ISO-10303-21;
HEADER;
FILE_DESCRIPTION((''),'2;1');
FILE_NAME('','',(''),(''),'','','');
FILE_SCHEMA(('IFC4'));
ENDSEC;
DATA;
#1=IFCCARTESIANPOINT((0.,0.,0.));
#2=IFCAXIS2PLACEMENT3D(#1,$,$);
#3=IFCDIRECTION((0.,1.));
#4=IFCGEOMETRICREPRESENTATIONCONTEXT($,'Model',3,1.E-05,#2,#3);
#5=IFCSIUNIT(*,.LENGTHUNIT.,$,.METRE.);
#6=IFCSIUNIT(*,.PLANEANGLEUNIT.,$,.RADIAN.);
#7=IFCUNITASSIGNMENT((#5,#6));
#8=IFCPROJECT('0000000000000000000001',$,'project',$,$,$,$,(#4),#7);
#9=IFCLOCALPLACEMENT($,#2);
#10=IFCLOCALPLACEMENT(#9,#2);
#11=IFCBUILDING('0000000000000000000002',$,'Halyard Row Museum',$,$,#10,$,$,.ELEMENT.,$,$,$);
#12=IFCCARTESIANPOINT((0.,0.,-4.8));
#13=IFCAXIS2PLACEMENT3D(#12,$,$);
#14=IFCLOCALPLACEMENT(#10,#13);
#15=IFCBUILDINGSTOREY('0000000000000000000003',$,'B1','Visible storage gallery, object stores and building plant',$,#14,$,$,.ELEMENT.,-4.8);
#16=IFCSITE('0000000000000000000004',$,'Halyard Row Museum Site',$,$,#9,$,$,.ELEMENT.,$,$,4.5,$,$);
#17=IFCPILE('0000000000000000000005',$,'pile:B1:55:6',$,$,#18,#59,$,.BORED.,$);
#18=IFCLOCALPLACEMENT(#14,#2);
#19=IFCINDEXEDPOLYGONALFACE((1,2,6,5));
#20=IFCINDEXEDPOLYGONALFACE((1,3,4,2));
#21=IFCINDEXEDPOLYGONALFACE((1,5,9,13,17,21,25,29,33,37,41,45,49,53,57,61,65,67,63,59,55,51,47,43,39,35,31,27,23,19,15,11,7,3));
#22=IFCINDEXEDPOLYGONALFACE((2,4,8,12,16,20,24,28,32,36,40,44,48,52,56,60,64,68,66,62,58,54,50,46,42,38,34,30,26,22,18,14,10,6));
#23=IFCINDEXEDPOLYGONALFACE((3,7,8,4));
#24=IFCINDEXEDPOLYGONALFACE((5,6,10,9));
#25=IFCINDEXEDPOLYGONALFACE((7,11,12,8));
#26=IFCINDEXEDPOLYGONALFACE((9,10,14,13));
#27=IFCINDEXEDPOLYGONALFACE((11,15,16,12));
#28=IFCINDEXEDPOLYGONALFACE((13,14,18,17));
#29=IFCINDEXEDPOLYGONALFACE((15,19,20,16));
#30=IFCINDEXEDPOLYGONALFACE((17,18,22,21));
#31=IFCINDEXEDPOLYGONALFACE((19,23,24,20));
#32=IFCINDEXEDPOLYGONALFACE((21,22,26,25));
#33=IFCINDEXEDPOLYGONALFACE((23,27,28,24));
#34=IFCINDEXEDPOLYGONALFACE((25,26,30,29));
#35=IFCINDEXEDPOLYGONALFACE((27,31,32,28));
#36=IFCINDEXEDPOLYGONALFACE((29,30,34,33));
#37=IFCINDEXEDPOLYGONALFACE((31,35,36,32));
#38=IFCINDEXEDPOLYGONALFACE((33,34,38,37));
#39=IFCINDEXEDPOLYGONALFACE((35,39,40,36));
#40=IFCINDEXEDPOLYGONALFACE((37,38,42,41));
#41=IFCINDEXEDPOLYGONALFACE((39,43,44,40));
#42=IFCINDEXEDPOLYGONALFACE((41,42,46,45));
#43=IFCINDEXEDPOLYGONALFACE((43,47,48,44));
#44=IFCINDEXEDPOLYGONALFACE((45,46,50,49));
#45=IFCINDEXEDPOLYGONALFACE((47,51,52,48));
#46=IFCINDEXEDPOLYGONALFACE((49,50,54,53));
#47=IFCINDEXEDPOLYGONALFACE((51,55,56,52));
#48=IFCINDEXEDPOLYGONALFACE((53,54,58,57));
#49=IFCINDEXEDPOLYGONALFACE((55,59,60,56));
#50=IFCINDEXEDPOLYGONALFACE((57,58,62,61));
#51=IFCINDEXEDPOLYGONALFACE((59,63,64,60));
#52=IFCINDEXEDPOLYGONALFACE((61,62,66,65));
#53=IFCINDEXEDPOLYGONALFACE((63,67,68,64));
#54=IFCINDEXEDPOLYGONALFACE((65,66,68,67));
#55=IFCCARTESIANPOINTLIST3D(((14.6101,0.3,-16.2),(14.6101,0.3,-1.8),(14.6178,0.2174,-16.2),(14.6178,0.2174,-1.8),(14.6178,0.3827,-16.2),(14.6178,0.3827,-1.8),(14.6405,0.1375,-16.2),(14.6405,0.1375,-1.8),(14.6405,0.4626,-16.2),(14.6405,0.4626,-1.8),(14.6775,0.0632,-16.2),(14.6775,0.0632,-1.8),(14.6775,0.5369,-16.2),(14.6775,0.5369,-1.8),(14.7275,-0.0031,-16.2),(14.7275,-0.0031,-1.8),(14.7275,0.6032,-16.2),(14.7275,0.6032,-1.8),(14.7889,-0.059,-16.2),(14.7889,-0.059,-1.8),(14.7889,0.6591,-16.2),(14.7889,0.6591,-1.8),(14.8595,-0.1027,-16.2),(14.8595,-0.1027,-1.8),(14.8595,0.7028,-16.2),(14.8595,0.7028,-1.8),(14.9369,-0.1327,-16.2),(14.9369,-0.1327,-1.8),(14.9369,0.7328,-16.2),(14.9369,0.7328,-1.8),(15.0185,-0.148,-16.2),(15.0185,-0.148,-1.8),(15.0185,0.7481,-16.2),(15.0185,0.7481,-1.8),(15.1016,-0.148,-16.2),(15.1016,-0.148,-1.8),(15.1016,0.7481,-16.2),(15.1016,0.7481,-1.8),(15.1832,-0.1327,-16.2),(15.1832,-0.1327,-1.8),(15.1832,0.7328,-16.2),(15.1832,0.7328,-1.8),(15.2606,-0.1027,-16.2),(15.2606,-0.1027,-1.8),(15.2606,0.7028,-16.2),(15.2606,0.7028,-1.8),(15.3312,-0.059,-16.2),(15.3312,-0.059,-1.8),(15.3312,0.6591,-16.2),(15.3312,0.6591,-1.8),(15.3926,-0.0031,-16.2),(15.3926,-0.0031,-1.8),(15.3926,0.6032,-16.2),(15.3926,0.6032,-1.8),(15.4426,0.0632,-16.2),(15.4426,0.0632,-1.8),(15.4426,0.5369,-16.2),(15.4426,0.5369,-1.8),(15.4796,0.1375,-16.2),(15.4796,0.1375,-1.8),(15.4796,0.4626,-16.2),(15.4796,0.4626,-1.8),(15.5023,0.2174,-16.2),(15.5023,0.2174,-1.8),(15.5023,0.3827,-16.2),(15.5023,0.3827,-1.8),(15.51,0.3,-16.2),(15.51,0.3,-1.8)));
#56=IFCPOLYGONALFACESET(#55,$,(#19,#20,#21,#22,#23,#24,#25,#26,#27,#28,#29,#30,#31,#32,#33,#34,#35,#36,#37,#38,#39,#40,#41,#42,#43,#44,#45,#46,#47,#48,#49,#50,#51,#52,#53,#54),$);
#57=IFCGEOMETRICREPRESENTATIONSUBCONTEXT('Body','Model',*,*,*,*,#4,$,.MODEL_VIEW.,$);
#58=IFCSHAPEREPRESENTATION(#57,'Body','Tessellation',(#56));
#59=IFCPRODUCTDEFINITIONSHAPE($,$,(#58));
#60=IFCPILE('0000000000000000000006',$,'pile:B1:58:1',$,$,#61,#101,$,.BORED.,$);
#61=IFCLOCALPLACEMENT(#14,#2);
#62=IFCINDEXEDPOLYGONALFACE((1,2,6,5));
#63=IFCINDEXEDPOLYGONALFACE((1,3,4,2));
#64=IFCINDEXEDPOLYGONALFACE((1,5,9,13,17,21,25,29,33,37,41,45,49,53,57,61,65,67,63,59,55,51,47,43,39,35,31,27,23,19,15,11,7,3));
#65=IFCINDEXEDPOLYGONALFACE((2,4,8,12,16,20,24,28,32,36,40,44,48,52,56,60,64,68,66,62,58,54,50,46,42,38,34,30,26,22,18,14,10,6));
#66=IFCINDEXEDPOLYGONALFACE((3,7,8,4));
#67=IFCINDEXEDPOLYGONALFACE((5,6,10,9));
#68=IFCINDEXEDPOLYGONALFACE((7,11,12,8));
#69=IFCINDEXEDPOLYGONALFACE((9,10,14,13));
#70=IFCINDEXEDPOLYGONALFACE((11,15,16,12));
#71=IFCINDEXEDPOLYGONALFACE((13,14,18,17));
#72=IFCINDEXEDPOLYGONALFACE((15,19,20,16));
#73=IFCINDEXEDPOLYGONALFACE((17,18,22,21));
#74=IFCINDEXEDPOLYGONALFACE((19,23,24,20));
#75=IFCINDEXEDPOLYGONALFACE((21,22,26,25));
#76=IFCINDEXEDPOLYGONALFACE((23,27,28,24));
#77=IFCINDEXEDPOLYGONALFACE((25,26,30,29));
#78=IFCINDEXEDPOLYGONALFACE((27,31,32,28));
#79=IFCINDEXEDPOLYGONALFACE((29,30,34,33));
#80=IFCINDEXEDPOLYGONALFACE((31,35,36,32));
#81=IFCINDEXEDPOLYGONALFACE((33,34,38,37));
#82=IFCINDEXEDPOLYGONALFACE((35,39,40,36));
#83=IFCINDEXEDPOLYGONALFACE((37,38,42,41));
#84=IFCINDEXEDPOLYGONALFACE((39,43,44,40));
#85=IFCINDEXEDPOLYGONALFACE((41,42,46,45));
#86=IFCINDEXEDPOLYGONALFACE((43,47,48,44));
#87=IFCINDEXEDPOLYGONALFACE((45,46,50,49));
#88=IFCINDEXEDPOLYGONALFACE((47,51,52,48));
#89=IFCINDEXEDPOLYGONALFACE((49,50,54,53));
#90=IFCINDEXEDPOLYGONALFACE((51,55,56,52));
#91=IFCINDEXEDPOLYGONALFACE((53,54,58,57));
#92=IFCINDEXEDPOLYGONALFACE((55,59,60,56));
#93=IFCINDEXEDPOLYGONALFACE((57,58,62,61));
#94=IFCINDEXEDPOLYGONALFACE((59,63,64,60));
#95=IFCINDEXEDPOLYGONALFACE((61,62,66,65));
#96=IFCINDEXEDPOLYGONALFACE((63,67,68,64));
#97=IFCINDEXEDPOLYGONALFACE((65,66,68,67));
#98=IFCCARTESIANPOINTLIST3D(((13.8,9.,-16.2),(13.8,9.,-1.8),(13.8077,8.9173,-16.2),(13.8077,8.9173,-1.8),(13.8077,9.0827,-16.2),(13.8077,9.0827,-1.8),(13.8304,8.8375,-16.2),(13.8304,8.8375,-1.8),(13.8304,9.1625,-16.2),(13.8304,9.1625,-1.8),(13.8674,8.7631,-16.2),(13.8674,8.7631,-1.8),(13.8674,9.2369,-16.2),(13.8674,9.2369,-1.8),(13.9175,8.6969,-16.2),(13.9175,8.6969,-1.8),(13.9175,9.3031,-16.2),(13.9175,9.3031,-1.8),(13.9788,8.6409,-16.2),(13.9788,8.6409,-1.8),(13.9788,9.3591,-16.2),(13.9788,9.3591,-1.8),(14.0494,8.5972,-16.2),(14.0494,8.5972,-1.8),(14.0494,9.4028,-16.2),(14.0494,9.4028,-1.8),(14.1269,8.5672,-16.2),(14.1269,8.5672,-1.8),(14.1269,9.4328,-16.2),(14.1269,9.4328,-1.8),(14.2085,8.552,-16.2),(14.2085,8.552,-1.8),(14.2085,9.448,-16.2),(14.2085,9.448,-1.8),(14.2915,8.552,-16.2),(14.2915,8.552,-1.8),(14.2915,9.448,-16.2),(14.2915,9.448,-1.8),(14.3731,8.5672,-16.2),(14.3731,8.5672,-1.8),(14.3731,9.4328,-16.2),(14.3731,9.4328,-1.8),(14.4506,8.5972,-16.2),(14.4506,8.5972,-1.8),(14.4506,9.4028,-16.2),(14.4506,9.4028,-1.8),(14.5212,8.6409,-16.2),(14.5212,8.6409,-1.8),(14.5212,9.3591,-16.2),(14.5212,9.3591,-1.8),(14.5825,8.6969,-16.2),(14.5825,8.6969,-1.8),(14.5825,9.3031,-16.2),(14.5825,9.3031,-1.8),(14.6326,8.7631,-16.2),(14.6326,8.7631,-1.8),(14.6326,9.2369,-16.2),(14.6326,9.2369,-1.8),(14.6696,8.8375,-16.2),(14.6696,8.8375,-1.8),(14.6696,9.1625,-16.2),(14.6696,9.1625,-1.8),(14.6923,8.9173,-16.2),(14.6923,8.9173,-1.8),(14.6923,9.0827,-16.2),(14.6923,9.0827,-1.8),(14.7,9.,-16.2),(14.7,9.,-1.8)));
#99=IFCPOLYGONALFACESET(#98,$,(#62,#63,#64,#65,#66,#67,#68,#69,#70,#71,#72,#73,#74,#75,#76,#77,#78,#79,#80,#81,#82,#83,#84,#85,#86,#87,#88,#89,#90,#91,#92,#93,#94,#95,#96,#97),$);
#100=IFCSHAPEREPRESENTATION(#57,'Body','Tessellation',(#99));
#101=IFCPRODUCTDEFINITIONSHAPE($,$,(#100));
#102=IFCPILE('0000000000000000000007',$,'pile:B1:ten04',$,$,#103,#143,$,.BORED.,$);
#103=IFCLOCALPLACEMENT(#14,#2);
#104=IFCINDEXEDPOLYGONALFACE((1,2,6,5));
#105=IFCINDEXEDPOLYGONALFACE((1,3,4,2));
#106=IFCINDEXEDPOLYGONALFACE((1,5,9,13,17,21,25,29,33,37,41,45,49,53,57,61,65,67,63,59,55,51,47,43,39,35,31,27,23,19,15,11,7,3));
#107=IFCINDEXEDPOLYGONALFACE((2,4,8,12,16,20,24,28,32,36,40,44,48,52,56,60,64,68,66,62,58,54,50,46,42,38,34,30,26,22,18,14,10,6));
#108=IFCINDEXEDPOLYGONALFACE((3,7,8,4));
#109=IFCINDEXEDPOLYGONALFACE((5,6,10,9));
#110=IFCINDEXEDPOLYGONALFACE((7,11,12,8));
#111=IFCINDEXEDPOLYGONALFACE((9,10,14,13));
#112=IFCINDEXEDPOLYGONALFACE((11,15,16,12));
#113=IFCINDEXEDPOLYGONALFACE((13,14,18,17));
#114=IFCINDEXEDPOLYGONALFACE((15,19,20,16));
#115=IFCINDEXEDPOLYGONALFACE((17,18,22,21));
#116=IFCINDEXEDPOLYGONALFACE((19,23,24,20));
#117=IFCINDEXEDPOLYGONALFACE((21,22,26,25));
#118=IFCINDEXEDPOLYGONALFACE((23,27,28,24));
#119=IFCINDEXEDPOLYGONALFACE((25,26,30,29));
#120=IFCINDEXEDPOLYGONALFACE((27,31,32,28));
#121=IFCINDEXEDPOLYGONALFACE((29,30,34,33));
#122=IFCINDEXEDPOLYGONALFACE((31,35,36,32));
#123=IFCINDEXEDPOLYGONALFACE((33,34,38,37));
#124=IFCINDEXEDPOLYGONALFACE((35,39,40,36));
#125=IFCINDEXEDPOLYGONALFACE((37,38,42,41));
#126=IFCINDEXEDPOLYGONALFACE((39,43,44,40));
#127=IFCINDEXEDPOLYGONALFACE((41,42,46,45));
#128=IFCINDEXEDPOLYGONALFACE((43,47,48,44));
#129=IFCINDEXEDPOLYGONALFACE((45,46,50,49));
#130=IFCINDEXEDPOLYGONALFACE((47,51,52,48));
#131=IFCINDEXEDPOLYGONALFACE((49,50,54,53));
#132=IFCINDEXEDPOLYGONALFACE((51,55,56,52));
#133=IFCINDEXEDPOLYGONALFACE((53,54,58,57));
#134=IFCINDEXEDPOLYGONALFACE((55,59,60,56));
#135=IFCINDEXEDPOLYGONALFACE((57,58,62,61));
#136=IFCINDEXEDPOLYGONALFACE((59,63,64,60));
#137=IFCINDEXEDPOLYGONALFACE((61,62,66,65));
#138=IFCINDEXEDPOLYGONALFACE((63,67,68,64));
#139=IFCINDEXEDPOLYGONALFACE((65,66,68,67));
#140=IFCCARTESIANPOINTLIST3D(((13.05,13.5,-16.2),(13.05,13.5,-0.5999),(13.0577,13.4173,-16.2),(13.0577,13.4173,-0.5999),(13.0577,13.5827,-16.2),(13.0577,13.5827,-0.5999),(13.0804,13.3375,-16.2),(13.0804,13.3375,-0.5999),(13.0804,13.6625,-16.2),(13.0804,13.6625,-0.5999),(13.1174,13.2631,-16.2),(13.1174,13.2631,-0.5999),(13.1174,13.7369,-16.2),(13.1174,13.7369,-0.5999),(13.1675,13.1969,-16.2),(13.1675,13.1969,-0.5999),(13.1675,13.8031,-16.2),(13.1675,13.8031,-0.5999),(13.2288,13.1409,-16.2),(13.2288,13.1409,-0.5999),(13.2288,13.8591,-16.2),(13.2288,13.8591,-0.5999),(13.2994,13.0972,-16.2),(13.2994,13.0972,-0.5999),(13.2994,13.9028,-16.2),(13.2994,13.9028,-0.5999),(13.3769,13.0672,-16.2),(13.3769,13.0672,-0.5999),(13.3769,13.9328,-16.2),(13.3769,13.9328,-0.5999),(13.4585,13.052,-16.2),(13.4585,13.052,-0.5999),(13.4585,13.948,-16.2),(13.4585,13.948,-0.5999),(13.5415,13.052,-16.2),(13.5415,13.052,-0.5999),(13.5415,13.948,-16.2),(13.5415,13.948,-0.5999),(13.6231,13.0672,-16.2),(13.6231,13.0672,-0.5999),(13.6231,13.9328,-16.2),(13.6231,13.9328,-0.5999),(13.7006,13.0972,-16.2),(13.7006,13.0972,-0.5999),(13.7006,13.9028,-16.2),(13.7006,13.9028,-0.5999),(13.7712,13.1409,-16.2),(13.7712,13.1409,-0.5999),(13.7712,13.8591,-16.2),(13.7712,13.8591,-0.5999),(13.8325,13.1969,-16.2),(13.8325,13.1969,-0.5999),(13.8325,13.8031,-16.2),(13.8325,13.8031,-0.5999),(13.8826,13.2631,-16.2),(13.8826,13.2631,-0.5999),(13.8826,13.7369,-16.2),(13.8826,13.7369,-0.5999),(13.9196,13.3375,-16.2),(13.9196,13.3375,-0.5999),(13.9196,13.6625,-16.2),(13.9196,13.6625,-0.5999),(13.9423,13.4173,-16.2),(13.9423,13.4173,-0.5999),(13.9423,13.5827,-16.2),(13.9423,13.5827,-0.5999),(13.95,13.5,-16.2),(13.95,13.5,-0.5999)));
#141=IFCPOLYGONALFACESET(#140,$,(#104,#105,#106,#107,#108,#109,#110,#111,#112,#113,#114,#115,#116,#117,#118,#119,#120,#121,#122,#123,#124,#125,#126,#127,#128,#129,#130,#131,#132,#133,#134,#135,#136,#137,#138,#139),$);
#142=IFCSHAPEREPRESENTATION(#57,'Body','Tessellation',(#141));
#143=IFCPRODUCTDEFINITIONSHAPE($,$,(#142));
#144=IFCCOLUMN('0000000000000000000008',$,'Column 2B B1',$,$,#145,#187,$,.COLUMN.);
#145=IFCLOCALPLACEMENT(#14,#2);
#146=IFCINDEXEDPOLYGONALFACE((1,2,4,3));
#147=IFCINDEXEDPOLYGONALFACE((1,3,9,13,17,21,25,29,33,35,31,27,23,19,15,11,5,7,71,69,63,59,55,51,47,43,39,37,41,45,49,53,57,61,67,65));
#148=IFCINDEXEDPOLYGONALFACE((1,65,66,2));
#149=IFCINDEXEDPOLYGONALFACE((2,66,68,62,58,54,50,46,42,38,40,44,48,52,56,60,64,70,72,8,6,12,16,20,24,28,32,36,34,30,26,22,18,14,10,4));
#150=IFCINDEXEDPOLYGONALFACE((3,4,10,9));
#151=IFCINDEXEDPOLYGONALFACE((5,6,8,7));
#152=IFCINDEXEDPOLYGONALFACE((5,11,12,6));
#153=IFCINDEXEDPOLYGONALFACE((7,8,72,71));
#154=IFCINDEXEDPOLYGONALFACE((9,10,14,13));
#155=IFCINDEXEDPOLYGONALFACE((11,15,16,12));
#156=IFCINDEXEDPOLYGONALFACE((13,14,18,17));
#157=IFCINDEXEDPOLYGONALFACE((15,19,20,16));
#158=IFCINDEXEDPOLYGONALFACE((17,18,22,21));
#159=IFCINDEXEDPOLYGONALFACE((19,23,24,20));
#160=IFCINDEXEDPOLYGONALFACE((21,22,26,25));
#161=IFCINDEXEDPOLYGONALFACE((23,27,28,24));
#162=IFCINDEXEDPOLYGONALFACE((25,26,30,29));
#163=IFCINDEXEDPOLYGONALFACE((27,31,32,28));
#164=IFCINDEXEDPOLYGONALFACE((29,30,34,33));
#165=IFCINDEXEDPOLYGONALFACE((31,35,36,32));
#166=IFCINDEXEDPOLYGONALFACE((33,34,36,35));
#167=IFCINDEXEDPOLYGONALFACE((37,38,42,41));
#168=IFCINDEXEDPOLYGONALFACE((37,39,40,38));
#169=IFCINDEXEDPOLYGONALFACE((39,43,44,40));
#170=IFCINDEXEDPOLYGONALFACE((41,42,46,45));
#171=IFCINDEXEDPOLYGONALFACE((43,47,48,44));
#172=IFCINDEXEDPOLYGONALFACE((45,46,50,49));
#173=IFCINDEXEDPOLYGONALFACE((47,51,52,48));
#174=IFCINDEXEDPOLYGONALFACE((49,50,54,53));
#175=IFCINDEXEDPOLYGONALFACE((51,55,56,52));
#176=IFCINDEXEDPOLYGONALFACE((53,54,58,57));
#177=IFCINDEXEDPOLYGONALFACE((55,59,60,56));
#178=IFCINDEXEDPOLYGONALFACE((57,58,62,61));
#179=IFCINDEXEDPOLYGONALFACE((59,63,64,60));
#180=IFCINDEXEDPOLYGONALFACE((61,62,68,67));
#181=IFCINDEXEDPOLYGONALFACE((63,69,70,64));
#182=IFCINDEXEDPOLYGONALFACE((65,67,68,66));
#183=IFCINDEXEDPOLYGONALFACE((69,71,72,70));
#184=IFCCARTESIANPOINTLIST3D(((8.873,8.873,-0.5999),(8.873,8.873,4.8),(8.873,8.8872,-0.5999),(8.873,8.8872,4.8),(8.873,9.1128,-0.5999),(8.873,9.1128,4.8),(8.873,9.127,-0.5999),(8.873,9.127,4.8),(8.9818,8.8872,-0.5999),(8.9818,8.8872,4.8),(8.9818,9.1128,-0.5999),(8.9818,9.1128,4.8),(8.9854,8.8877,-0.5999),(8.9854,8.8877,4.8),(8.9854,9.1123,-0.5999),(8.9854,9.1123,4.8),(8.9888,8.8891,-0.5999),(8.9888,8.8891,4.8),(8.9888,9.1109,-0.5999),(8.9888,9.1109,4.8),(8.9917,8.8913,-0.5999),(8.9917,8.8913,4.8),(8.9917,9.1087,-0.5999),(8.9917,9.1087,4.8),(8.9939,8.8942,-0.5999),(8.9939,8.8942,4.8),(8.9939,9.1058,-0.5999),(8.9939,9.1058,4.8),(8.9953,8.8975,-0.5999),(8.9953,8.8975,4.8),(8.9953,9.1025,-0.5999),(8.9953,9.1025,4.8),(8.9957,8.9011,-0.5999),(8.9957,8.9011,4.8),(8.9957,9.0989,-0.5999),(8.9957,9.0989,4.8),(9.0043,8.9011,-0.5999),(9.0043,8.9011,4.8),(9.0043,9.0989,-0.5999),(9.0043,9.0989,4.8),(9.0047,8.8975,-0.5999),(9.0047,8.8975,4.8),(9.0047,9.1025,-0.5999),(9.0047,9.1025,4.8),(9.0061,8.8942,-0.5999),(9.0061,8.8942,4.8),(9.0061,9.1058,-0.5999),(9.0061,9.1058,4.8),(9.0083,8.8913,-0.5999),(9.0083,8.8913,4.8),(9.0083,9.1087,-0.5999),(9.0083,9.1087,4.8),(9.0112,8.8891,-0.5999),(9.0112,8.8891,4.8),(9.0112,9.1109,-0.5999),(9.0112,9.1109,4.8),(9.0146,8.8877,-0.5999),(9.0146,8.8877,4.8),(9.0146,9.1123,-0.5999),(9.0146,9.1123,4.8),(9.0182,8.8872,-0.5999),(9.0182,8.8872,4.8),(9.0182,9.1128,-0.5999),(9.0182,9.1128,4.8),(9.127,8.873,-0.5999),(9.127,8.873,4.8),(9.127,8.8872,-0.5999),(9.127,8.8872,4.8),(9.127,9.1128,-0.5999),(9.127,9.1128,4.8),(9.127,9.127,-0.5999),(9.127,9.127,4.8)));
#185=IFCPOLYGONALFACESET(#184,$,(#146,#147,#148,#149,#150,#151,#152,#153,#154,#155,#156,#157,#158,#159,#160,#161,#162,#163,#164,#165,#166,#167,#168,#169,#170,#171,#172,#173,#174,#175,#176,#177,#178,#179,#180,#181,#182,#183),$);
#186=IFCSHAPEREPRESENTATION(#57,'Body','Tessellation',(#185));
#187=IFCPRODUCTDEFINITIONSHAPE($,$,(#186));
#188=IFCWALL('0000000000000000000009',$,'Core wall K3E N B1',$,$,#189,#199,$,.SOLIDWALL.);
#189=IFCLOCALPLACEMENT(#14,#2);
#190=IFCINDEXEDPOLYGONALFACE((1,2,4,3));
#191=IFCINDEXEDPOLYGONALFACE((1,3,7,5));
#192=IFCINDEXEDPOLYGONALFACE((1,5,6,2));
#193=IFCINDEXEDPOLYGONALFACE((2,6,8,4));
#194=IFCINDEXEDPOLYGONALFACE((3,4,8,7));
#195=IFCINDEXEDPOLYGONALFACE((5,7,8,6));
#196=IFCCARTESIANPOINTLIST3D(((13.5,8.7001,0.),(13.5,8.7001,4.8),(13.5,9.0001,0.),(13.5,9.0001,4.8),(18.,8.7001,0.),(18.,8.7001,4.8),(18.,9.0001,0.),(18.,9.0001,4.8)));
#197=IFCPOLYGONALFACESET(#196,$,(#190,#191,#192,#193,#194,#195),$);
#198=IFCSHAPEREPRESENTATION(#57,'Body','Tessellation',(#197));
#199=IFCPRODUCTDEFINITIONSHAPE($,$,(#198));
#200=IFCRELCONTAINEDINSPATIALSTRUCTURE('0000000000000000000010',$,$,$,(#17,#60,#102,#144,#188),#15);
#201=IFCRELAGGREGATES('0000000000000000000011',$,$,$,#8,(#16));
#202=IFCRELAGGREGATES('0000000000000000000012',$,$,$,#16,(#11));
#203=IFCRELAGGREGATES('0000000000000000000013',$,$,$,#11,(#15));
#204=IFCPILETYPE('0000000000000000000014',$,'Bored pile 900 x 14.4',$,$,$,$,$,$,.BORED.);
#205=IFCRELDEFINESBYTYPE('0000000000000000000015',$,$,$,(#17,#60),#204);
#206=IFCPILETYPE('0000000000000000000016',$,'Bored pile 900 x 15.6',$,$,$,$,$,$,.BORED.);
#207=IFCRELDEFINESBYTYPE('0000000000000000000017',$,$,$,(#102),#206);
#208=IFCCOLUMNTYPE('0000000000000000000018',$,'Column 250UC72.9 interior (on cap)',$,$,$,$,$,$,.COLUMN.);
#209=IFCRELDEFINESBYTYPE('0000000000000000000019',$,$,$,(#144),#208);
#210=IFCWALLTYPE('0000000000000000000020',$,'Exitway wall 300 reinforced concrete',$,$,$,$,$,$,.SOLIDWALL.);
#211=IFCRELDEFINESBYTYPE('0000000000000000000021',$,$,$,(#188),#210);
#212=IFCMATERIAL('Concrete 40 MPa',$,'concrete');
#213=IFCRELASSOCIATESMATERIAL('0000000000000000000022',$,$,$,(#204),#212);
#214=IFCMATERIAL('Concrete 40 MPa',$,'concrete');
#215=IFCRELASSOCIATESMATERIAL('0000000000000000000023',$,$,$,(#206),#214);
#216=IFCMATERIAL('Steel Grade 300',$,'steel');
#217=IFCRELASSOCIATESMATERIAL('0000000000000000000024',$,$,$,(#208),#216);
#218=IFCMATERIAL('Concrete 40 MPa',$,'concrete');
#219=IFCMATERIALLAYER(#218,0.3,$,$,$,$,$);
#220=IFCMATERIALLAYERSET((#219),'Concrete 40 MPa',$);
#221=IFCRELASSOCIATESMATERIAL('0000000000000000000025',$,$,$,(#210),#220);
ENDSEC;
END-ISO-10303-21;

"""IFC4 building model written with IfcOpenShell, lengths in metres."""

from ifc_helpers import new_model, si_unit, direction, frame, frame_2d, origin, origin_2d, place, context, subcontext, project, spatial, rectangle, circle, i_section, extrude, material, layer, layer_set, material_profile, profile_set, type_object, element, save


model = new_model("IFC4")

# Units and contexts
model_context = context("Model", 3, precision=1e-05, world=origin(), true_north=direction((0.0, 1.0)))
body_context = subcontext(model_context, "Body", "Model", "MODEL_VIEW")
ifc_project = project(units=[si_unit("LENGTHUNIT", "METRE"), si_unit("PLANEANGLEUNIT", "RADIAN")], contexts=[model_context])

# Site, building, storey
site_placement = place(None, origin())
site = spatial("IfcSite", under=ifc_project, at=site_placement, Name="Halyard Row Museum Site", CompositionType="ELEMENT", RefElevation=4.5)
building_placement = place(site_placement, origin())
building = spatial("IfcBuilding", under=site, at=building_placement, Name="Halyard Row Museum", CompositionType="ELEMENT")
storey_placement = place(building_placement, frame((0.0, 0.0, -4.8)))
storey = spatial("IfcBuildingStorey", under=building, at=storey_placement, Name="B1", Description="Visible storage gallery, object stores and building plant", CompositionType="ELEMENT", Elevation=-4.8)

# Piles
ifc_material_1 = material(Name="Concrete 40 MPa", Category="concrete")
ifc_material_profile_1 = material_profile(ifc_material_1, circle(Radius=0.45, at=origin_2d()), Name="Bored pile 900 x 14.4")
ifc_profile_set_1 = profile_set([ifc_material_profile_1], Name="Concrete 40 MPa")
pile_type_1 = type_object("IfcPileType", Name="Bored pile 900 x 14.4", PredefinedType="BORED", material=ifc_profile_set_1)
for number, where, z_axis, x_axis, name in (
    (1, (15.0601, 0.3, -1.8), (0.0, 0.0, -1.0), (1.0, 0.0, 0.0), "pile:B1:55:6"),
    (2, (14.25, 9.0, -1.8), (0.0, 0.0, -1.0), (1.0, 0.0, 0.0), "pile:B1:58:1"),
):
    element("IfcPile", number, at=place(storey_placement, frame(where, z_axis=z_axis, x_axis=x_axis)), inside=storey, type_object=pile_type_1, Name=name, PredefinedType="BORED", context=body_context, shape_type="SweptSolid", body=[
        extrude(circle(Radius=0.45, at=origin_2d()), origin(), (0.0, 0.0, 1.0), 14.3999),
    ])
ifc_material_2 = material(Name="Concrete 40 MPa", Category="concrete")
ifc_material_profile_2 = material_profile(ifc_material_2, circle(Radius=0.45, at=origin_2d()), Name="Bored pile 900 x 15.6")
ifc_profile_set_2 = profile_set([ifc_material_profile_2], Name="Concrete 40 MPa")
pile_type_2 = type_object("IfcPileType", Name="Bored pile 900 x 15.6", PredefinedType="BORED", material=ifc_profile_set_2)
pile_placement = place(storey_placement, frame((13.5, 13.5, -0.5999), z_axis=(0.0, 0.0, -1.0), x_axis=(1.0, 0.0, 0.0)))
element("IfcPile", 3, at=pile_placement, inside=storey, type_object=pile_type_2, Name="pile:B1:ten04", PredefinedType="BORED", context=body_context, shape_type="SweptSolid", body=[
    extrude(circle(Radius=0.45, at=origin_2d()), origin(), (0.0, 0.0, 1.0), 15.6001),
])

# Column
ifc_material_3 = material(Name="Steel Grade 300", Category="steel")
ifc_material_profile_3 = material_profile(ifc_material_3, i_section(OverallWidth=0.2539, OverallDepth=0.2539, WebThickness=0.0085, FlangeThickness=0.0142, FilletRadius=0.0139, at=origin_2d()), Name="250UC72.9")
ifc_profile_set_3 = profile_set([ifc_material_profile_3], Name="Steel Grade 300")
column_type = type_object("IfcColumnType", Name="Column 250UC72.9 interior (on cap)", PredefinedType="COLUMN", material=ifc_profile_set_3)
column_placement = place(storey_placement, frame((9.0, 9.0, -0.5999), z_axis=(0.0, 0.0, 1.0), x_axis=(1.0, 0.0, 0.0)))
element("IfcColumn", 4, at=column_placement, inside=storey, type_object=column_type, Name="Column 2B B1", PredefinedType="COLUMN", context=body_context, shape_type="SweptSolid", body=[
    extrude(i_section(OverallWidth=0.2539, OverallDepth=0.2539, WebThickness=0.0085, FlangeThickness=0.0142, FilletRadius=0.0139, at=origin_2d()), origin(), (0.0, 0.0, 1.0), 5.3999),
])

# Wall
ifc_material_4 = material(Name="Concrete 40 MPa", Category="concrete")
ifc_layer_1 = layer(ifc_material_4, 0.3)
ifc_layer_set_1 = layer_set([ifc_layer_1], Name="Concrete 40 MPa")
wall_type_1 = type_object("IfcWallType", Name="Exitway wall 300 reinforced concrete", PredefinedType="SOLIDWALL", material=ifc_layer_set_1)
wall_1_placement = place(storey_placement, frame((13.5, 8.8501, 0.0), z_axis=(0.0, 0.0, 1.0), x_axis=(1.0, 0.0, 0.0)))
element("IfcWall", 5, at=wall_1_placement, inside=storey, type_object=wall_type_1, Name="Core wall K3E N B1", PredefinedType="SOLIDWALL", context=body_context, shape_type="SweptSolid", body=[
    extrude(rectangle(XDim=4.5, YDim=0.3, at=frame_2d((2.25, 0.0))), origin(), (0.0, 0.0, 1.0), 4.8),
])

save(model, "model.ifc")
